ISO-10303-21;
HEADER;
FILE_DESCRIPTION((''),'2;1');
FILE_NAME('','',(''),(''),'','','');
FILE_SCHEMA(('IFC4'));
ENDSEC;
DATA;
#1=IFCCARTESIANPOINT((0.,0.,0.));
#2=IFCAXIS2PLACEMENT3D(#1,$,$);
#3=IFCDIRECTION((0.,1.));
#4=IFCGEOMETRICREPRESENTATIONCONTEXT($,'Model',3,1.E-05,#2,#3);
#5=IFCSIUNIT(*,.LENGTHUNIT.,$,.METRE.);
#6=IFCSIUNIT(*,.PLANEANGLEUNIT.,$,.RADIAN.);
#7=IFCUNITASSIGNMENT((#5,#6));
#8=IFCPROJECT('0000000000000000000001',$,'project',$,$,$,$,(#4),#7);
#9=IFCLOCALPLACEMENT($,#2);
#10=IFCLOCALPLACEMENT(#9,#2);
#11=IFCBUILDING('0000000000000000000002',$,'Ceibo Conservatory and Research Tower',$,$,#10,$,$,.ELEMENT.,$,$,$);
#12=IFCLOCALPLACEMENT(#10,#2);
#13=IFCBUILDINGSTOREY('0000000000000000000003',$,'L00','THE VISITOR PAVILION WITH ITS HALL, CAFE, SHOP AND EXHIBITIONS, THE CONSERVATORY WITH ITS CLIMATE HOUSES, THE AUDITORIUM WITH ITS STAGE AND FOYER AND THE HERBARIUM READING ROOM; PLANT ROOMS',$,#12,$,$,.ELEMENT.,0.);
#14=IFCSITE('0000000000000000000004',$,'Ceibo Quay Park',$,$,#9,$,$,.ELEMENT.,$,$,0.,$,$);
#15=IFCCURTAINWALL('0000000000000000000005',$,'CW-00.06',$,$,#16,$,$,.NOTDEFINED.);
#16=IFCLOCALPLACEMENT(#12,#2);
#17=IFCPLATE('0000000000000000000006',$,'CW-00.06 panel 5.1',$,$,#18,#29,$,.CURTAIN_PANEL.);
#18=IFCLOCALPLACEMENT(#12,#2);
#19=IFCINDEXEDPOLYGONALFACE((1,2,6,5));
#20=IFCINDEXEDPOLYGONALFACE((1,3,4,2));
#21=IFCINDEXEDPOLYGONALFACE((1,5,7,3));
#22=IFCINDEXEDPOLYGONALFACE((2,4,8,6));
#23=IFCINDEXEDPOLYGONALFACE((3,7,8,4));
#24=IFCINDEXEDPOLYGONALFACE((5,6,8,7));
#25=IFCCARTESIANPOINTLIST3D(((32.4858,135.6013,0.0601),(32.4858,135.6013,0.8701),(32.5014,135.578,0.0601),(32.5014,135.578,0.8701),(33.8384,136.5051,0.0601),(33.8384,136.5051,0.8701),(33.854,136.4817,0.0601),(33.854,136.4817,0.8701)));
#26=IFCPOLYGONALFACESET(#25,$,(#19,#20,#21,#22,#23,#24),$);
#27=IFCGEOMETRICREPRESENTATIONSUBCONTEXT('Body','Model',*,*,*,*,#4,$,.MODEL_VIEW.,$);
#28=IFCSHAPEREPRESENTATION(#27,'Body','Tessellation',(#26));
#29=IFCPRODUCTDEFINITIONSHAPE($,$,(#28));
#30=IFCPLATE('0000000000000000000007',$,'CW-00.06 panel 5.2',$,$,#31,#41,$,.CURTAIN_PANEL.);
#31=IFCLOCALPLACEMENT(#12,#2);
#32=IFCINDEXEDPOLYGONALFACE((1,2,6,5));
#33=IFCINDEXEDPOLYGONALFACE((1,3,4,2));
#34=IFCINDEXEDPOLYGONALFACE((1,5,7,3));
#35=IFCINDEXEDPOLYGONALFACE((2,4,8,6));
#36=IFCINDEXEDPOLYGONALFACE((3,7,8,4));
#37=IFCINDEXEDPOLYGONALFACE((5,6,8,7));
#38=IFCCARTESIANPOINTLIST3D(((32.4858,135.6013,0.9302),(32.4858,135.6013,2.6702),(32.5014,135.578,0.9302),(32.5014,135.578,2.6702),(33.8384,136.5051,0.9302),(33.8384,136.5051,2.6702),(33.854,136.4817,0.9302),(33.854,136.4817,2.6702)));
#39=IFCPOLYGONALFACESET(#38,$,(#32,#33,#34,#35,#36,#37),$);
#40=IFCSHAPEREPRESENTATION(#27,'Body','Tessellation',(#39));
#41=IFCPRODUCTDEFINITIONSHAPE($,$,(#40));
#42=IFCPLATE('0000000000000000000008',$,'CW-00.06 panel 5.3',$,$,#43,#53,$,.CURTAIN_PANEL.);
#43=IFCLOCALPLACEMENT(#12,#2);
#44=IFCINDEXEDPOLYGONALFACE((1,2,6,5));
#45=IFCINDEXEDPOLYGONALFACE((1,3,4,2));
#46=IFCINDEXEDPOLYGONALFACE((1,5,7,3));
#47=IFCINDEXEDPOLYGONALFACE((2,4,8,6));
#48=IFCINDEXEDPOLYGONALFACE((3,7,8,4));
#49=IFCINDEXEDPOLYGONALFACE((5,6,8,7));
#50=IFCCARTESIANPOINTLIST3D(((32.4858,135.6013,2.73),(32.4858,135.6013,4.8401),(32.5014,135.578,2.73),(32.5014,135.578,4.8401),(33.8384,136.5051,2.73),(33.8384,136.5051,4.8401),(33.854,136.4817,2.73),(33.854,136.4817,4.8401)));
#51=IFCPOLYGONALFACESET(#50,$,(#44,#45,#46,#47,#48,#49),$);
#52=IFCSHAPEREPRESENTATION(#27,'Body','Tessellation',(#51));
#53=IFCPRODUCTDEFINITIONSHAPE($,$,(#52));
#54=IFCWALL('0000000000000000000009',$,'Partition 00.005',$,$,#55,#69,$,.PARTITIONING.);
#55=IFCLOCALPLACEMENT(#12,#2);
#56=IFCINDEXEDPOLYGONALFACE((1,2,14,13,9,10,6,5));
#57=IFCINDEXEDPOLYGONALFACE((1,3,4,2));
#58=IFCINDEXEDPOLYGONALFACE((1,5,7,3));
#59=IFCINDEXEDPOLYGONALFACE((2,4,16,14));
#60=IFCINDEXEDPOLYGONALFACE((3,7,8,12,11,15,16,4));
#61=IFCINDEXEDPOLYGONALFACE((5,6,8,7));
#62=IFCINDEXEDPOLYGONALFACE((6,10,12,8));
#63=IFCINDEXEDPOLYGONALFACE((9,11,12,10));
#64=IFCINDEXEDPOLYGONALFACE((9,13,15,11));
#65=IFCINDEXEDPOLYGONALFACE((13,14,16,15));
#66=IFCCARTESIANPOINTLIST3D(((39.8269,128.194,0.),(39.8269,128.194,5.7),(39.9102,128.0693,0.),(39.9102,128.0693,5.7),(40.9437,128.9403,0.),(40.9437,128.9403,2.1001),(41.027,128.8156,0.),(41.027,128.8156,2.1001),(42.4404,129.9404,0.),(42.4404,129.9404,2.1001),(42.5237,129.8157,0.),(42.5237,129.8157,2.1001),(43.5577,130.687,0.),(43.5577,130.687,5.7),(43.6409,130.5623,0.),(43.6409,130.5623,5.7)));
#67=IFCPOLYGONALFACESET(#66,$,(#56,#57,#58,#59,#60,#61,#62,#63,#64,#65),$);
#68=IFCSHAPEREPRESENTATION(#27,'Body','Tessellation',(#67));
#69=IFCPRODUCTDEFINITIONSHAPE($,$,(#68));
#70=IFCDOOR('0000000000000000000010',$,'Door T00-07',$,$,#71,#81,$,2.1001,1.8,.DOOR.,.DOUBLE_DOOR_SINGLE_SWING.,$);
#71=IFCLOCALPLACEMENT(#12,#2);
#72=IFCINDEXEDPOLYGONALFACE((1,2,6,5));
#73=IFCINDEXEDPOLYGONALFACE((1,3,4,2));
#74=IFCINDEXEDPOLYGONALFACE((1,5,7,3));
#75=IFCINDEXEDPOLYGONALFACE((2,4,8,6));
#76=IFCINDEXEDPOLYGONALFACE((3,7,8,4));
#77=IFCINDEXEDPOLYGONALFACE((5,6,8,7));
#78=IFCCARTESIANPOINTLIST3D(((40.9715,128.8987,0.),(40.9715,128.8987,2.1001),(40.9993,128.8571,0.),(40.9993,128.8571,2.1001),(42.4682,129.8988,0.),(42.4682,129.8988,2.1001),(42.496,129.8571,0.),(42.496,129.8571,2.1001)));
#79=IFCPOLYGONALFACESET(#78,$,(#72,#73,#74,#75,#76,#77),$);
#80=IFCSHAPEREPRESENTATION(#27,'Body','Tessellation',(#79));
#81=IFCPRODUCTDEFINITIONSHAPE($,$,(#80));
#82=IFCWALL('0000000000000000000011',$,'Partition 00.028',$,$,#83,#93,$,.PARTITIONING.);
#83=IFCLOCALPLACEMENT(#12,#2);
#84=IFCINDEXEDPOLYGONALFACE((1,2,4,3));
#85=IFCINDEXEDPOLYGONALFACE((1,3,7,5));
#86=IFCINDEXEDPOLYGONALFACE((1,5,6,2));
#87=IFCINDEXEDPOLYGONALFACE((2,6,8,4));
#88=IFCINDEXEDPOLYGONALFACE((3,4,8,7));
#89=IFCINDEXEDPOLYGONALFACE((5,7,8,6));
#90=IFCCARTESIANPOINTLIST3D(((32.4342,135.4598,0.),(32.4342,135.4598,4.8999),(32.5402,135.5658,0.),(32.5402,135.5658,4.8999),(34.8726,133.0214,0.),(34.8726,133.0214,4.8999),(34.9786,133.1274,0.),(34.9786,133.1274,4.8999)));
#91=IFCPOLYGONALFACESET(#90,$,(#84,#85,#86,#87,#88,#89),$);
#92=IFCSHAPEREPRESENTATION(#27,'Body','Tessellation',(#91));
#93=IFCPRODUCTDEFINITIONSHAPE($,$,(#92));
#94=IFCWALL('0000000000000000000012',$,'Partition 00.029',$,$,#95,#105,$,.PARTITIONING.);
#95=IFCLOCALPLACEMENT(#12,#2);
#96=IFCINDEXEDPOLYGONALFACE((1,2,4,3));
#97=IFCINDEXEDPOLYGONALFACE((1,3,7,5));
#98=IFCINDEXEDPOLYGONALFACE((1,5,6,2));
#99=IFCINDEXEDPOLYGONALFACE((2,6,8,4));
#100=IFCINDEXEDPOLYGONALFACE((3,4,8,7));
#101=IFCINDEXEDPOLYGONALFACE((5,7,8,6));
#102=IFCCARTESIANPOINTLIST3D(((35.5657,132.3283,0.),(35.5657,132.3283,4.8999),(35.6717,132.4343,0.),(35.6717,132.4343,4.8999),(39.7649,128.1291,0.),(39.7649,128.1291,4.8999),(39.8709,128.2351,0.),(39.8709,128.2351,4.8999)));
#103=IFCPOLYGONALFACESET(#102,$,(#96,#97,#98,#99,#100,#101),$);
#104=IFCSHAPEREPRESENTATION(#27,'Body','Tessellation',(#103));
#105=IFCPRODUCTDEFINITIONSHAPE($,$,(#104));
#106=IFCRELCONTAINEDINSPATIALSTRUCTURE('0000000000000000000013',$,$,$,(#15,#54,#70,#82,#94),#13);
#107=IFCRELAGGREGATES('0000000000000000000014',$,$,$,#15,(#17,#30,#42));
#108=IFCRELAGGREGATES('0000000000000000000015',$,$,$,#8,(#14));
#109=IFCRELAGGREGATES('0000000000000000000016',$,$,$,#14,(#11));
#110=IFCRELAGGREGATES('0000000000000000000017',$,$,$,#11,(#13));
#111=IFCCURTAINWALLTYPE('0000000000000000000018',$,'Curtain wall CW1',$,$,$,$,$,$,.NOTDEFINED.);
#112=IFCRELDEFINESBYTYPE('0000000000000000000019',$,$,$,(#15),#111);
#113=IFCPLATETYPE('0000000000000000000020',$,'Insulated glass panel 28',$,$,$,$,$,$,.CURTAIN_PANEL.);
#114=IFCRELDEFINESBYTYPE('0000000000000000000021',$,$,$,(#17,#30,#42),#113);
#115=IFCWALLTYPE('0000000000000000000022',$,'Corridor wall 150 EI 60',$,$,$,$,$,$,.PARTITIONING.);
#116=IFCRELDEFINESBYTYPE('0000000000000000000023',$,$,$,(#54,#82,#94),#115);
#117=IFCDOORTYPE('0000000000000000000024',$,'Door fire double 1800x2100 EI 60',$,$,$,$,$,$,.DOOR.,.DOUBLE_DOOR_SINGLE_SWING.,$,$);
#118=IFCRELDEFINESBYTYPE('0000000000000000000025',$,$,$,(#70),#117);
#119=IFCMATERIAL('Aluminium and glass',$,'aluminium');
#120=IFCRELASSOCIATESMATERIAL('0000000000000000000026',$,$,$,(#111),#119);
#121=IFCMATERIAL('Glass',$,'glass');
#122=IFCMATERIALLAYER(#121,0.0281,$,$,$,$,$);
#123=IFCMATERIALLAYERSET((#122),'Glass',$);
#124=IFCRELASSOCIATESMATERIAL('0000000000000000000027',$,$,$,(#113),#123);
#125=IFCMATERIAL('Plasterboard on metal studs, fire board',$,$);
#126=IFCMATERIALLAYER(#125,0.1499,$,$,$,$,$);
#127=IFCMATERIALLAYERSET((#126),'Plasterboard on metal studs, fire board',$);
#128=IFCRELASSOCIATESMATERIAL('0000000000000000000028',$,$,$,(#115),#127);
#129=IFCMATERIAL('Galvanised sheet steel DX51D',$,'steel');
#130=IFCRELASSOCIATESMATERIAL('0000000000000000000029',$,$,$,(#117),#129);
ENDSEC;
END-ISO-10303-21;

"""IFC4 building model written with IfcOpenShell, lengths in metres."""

from ifc_helpers import new_model, si_unit, direction, frame, frame_2d, origin, origin_2d, place, context, subcontext, project, spatial, rectangle, extrude, material, layer, layer_set, type_object, element, fill, aggregate, save


model = new_model("IFC4")

# Units and contexts
model_context = context("Model", 3, precision=1e-05, world=origin(), true_north=direction((0.0, 1.0)))
body_context = subcontext(model_context, "Body", "Model", "MODEL_VIEW")
ifc_project = project(units=[si_unit("LENGTHUNIT", "METRE"), si_unit("PLANEANGLEUNIT", "RADIAN")], contexts=[model_context])

# Site, building, storey
site_placement = place(None, origin())
site = spatial("IfcSite", under=ifc_project, at=site_placement, Name="Ceibo Quay Park", CompositionType="ELEMENT", RefElevation=0.0)
building_placement = place(site_placement, origin())
building = spatial("IfcBuilding", under=site, at=building_placement, Name="Ceibo Conservatory and Research Tower", CompositionType="ELEMENT")
storey_placement = place(building_placement, origin())
storey = spatial("IfcBuildingStorey", under=building, at=storey_placement, Name="L00", Description="THE VISITOR PAVILION WITH ITS HALL, CAFE, SHOP AND EXHIBITIONS, THE CONSERVATORY WITH ITS CLIMATE HOUSES, THE AUDITORIUM WITH ITS STAGE AND FOYER AND THE HERBARIUM READING ROOM; PLANT ROOMS", CompositionType="ELEMENT", Elevation=0.0)

# Curtain wall
ifc_material_1 = material(Name="Aluminium and glass", Category="aluminium")
curtain_wall_type = type_object("IfcCurtainWallType", Name="Curtain wall CW1", PredefinedType="NOTDEFINED", material=ifc_material_1)
curtain_wall_placement = place(storey_placement, origin())
curtain_wall = element("IfcCurtainWall", 1, at=curtain_wall_placement, inside=storey, type_object=curtain_wall_type, Name="CW-00.06", PredefinedType="NOTDEFINED")

# Plates
ifc_material_2 = material(Name="Glass", Category="glass")
ifc_layer_1 = layer(ifc_material_2, 0.0281)
ifc_layer_set_1 = layer_set([ifc_layer_1], Name="Glass")
plate_type = type_object("IfcPlateType", Name="Insulated glass panel 28", PredefinedType="CURTAIN_PANEL", material=ifc_layer_set_1)
plate_1_placement = place(storey_placement, frame((33.1699, 136.0415, 0.0601), z_axis=(0.0, 0.0, 1.0), x_axis=(-0.83147, -0.55557, 0.0)))
plate_1 = element("IfcPlate", 2, at=plate_1_placement, type_object=plate_type, Name="CW-00.06 panel 5.1", PredefinedType="CURTAIN_PANEL", context=body_context, shape_type="SweptSolid", body=[
    extrude(rectangle(XDim=1.6267, YDim=0.0281, at=origin_2d()), origin(), (0.0, 0.0, 1.0), 0.8101),
])
plate_2_placement = place(storey_placement, frame((33.1699, 136.0415, 0.9302), z_axis=(0.0, 0.0, 1.0), x_axis=(-0.83147, -0.55557, 0.0)))
plate_2 = element("IfcPlate", 3, at=plate_2_placement, type_object=plate_type, Name="CW-00.06 panel 5.2", PredefinedType="CURTAIN_PANEL", context=body_context, shape_type="SweptSolid", body=[
    extrude(rectangle(XDim=1.6267, YDim=0.0281, at=origin_2d()), origin(), (0.0, 0.0, 1.0), 1.74),
])
plate_3_placement = place(storey_placement, frame((33.1699, 136.0415, 2.73), z_axis=(0.0, 0.0, 1.0), x_axis=(-0.83147, -0.55557, 0.0)))
plate_3 = element("IfcPlate", 4, at=plate_3_placement, type_object=plate_type, Name="CW-00.06 panel 5.3", PredefinedType="CURTAIN_PANEL", context=body_context, shape_type="SweptSolid", body=[
    extrude(rectangle(XDim=1.6267, YDim=0.0281, at=origin_2d()), origin(), (0.0, 0.0, 1.0), 2.1101),
])
aggregate(curtain_wall, [plate_1, plate_2, plate_3])

# Wall, opening, door
ifc_material_3 = material(Name="Plasterboard on metal studs, fire board")
ifc_layer_2 = layer(ifc_material_3, 0.1499)
ifc_layer_set_2 = layer_set([ifc_layer_2], Name="Plasterboard on metal studs, fire board")
wall_type = type_object("IfcWallType", Name="Corridor wall 150 EI 60", PredefinedType="PARTITIONING", material=ifc_layer_set_2)
wall_1_placement = place(storey_placement, frame((39.8684, 128.1316, 0.0), z_axis=(0.0, 0.0, 1.0), x_axis=(0.831455, 0.555591, 0.0)))
wall_1 = element("IfcWall", 5, at=wall_1_placement, inside=storey, type_object=wall_type, Name="Partition 00.005", PredefinedType="PARTITIONING", context=body_context, shape_type="SweptSolid", body=[
    extrude(rectangle(XDim=4.4871, YDim=0.1499, at=frame_2d((2.2437, 0.0))), origin(), (0.0, 0.0, 1.0), 5.7),
])
opening_placement = place(wall_1_placement, frame((1.3435, 0.0, 0.0)))
opening = element("IfcOpeningElement", 6, at=opening_placement, cuts=wall_1, PredefinedType="OPENING", context=body_context, shape_type="SweptSolid", body=[
    extrude(rectangle(XDim=1.8, YDim=2.1001, at=frame_2d((0.8999, 1.05))), frame((0.0, 0.085, 0.0), z_axis=(0.0, -1.0, 0.0), x_axis=(1.0, 0.0, 0.0)), (0.0, 0.0, 1.0), 0.1699),
])
ifc_material_4 = material(Name="Galvanised sheet steel DX51D", Category="steel")
door_type = type_object("IfcDoorType", Name="Door fire double 1800x2100 EI 60", OperationType="DOUBLE_DOOR_SINGLE_SWING", PredefinedType="DOOR", material=ifc_material_4)
door_placement = place(opening_placement, origin())
door = element("IfcDoor", 7, at=door_placement, inside=storey, type_object=door_type, Name="Door T00-07", OperationType="DOUBLE_DOOR_SINGLE_SWING", OverallHeight=2.1001, OverallWidth=1.8, PredefinedType="DOOR", context=body_context, shape_type="SweptSolid", body=[
    extrude(rectangle(XDim=1.8, YDim=2.1001, at=frame_2d((0.8999, 1.05))), frame((0.0, 0.0249, 0.0), z_axis=(0.0, -1.0, 0.0), x_axis=(1.0, 0.0, 0.0)), (0.0, 0.0, 1.0), 0.05),
])
fill(opening, door)

# Walls
wall_2_placement = place(storey_placement, frame((34.9255, 133.0745, 0.0), z_axis=(0.0, 0.0, 1.0), x_axis=(-0.707107, 0.707107, 0.0)))
element("IfcWall", 8, at=wall_2_placement, inside=storey, type_object=wall_type, Name="Partition 00.028", PredefinedType="PARTITIONING", context=body_context, shape_type="SweptSolid", body=[
    extrude(rectangle(XDim=3.4485, YDim=0.1499, at=frame_2d((1.7241, 0.0))), origin(), (0.0, 0.0, 1.0), 4.8999),
])
wall_3_placement = place(storey_placement, frame((39.8179, 128.1821, 0.0), z_axis=(0.0, 0.0, 1.0), x_axis=(-0.707107, 0.707107, 0.0)))
element("IfcWall", 9, at=wall_3_placement, inside=storey, type_object=wall_type, Name="Partition 00.029", PredefinedType="PARTITIONING", context=body_context, shape_type="SweptSolid", body=[
    extrude(rectangle(XDim=5.9385, YDim=0.1499, at=frame_2d((2.9692, 0.0))), origin(), (0.0, 0.0, 1.0), 4.8999),
])

save(model, "model.ifc")
